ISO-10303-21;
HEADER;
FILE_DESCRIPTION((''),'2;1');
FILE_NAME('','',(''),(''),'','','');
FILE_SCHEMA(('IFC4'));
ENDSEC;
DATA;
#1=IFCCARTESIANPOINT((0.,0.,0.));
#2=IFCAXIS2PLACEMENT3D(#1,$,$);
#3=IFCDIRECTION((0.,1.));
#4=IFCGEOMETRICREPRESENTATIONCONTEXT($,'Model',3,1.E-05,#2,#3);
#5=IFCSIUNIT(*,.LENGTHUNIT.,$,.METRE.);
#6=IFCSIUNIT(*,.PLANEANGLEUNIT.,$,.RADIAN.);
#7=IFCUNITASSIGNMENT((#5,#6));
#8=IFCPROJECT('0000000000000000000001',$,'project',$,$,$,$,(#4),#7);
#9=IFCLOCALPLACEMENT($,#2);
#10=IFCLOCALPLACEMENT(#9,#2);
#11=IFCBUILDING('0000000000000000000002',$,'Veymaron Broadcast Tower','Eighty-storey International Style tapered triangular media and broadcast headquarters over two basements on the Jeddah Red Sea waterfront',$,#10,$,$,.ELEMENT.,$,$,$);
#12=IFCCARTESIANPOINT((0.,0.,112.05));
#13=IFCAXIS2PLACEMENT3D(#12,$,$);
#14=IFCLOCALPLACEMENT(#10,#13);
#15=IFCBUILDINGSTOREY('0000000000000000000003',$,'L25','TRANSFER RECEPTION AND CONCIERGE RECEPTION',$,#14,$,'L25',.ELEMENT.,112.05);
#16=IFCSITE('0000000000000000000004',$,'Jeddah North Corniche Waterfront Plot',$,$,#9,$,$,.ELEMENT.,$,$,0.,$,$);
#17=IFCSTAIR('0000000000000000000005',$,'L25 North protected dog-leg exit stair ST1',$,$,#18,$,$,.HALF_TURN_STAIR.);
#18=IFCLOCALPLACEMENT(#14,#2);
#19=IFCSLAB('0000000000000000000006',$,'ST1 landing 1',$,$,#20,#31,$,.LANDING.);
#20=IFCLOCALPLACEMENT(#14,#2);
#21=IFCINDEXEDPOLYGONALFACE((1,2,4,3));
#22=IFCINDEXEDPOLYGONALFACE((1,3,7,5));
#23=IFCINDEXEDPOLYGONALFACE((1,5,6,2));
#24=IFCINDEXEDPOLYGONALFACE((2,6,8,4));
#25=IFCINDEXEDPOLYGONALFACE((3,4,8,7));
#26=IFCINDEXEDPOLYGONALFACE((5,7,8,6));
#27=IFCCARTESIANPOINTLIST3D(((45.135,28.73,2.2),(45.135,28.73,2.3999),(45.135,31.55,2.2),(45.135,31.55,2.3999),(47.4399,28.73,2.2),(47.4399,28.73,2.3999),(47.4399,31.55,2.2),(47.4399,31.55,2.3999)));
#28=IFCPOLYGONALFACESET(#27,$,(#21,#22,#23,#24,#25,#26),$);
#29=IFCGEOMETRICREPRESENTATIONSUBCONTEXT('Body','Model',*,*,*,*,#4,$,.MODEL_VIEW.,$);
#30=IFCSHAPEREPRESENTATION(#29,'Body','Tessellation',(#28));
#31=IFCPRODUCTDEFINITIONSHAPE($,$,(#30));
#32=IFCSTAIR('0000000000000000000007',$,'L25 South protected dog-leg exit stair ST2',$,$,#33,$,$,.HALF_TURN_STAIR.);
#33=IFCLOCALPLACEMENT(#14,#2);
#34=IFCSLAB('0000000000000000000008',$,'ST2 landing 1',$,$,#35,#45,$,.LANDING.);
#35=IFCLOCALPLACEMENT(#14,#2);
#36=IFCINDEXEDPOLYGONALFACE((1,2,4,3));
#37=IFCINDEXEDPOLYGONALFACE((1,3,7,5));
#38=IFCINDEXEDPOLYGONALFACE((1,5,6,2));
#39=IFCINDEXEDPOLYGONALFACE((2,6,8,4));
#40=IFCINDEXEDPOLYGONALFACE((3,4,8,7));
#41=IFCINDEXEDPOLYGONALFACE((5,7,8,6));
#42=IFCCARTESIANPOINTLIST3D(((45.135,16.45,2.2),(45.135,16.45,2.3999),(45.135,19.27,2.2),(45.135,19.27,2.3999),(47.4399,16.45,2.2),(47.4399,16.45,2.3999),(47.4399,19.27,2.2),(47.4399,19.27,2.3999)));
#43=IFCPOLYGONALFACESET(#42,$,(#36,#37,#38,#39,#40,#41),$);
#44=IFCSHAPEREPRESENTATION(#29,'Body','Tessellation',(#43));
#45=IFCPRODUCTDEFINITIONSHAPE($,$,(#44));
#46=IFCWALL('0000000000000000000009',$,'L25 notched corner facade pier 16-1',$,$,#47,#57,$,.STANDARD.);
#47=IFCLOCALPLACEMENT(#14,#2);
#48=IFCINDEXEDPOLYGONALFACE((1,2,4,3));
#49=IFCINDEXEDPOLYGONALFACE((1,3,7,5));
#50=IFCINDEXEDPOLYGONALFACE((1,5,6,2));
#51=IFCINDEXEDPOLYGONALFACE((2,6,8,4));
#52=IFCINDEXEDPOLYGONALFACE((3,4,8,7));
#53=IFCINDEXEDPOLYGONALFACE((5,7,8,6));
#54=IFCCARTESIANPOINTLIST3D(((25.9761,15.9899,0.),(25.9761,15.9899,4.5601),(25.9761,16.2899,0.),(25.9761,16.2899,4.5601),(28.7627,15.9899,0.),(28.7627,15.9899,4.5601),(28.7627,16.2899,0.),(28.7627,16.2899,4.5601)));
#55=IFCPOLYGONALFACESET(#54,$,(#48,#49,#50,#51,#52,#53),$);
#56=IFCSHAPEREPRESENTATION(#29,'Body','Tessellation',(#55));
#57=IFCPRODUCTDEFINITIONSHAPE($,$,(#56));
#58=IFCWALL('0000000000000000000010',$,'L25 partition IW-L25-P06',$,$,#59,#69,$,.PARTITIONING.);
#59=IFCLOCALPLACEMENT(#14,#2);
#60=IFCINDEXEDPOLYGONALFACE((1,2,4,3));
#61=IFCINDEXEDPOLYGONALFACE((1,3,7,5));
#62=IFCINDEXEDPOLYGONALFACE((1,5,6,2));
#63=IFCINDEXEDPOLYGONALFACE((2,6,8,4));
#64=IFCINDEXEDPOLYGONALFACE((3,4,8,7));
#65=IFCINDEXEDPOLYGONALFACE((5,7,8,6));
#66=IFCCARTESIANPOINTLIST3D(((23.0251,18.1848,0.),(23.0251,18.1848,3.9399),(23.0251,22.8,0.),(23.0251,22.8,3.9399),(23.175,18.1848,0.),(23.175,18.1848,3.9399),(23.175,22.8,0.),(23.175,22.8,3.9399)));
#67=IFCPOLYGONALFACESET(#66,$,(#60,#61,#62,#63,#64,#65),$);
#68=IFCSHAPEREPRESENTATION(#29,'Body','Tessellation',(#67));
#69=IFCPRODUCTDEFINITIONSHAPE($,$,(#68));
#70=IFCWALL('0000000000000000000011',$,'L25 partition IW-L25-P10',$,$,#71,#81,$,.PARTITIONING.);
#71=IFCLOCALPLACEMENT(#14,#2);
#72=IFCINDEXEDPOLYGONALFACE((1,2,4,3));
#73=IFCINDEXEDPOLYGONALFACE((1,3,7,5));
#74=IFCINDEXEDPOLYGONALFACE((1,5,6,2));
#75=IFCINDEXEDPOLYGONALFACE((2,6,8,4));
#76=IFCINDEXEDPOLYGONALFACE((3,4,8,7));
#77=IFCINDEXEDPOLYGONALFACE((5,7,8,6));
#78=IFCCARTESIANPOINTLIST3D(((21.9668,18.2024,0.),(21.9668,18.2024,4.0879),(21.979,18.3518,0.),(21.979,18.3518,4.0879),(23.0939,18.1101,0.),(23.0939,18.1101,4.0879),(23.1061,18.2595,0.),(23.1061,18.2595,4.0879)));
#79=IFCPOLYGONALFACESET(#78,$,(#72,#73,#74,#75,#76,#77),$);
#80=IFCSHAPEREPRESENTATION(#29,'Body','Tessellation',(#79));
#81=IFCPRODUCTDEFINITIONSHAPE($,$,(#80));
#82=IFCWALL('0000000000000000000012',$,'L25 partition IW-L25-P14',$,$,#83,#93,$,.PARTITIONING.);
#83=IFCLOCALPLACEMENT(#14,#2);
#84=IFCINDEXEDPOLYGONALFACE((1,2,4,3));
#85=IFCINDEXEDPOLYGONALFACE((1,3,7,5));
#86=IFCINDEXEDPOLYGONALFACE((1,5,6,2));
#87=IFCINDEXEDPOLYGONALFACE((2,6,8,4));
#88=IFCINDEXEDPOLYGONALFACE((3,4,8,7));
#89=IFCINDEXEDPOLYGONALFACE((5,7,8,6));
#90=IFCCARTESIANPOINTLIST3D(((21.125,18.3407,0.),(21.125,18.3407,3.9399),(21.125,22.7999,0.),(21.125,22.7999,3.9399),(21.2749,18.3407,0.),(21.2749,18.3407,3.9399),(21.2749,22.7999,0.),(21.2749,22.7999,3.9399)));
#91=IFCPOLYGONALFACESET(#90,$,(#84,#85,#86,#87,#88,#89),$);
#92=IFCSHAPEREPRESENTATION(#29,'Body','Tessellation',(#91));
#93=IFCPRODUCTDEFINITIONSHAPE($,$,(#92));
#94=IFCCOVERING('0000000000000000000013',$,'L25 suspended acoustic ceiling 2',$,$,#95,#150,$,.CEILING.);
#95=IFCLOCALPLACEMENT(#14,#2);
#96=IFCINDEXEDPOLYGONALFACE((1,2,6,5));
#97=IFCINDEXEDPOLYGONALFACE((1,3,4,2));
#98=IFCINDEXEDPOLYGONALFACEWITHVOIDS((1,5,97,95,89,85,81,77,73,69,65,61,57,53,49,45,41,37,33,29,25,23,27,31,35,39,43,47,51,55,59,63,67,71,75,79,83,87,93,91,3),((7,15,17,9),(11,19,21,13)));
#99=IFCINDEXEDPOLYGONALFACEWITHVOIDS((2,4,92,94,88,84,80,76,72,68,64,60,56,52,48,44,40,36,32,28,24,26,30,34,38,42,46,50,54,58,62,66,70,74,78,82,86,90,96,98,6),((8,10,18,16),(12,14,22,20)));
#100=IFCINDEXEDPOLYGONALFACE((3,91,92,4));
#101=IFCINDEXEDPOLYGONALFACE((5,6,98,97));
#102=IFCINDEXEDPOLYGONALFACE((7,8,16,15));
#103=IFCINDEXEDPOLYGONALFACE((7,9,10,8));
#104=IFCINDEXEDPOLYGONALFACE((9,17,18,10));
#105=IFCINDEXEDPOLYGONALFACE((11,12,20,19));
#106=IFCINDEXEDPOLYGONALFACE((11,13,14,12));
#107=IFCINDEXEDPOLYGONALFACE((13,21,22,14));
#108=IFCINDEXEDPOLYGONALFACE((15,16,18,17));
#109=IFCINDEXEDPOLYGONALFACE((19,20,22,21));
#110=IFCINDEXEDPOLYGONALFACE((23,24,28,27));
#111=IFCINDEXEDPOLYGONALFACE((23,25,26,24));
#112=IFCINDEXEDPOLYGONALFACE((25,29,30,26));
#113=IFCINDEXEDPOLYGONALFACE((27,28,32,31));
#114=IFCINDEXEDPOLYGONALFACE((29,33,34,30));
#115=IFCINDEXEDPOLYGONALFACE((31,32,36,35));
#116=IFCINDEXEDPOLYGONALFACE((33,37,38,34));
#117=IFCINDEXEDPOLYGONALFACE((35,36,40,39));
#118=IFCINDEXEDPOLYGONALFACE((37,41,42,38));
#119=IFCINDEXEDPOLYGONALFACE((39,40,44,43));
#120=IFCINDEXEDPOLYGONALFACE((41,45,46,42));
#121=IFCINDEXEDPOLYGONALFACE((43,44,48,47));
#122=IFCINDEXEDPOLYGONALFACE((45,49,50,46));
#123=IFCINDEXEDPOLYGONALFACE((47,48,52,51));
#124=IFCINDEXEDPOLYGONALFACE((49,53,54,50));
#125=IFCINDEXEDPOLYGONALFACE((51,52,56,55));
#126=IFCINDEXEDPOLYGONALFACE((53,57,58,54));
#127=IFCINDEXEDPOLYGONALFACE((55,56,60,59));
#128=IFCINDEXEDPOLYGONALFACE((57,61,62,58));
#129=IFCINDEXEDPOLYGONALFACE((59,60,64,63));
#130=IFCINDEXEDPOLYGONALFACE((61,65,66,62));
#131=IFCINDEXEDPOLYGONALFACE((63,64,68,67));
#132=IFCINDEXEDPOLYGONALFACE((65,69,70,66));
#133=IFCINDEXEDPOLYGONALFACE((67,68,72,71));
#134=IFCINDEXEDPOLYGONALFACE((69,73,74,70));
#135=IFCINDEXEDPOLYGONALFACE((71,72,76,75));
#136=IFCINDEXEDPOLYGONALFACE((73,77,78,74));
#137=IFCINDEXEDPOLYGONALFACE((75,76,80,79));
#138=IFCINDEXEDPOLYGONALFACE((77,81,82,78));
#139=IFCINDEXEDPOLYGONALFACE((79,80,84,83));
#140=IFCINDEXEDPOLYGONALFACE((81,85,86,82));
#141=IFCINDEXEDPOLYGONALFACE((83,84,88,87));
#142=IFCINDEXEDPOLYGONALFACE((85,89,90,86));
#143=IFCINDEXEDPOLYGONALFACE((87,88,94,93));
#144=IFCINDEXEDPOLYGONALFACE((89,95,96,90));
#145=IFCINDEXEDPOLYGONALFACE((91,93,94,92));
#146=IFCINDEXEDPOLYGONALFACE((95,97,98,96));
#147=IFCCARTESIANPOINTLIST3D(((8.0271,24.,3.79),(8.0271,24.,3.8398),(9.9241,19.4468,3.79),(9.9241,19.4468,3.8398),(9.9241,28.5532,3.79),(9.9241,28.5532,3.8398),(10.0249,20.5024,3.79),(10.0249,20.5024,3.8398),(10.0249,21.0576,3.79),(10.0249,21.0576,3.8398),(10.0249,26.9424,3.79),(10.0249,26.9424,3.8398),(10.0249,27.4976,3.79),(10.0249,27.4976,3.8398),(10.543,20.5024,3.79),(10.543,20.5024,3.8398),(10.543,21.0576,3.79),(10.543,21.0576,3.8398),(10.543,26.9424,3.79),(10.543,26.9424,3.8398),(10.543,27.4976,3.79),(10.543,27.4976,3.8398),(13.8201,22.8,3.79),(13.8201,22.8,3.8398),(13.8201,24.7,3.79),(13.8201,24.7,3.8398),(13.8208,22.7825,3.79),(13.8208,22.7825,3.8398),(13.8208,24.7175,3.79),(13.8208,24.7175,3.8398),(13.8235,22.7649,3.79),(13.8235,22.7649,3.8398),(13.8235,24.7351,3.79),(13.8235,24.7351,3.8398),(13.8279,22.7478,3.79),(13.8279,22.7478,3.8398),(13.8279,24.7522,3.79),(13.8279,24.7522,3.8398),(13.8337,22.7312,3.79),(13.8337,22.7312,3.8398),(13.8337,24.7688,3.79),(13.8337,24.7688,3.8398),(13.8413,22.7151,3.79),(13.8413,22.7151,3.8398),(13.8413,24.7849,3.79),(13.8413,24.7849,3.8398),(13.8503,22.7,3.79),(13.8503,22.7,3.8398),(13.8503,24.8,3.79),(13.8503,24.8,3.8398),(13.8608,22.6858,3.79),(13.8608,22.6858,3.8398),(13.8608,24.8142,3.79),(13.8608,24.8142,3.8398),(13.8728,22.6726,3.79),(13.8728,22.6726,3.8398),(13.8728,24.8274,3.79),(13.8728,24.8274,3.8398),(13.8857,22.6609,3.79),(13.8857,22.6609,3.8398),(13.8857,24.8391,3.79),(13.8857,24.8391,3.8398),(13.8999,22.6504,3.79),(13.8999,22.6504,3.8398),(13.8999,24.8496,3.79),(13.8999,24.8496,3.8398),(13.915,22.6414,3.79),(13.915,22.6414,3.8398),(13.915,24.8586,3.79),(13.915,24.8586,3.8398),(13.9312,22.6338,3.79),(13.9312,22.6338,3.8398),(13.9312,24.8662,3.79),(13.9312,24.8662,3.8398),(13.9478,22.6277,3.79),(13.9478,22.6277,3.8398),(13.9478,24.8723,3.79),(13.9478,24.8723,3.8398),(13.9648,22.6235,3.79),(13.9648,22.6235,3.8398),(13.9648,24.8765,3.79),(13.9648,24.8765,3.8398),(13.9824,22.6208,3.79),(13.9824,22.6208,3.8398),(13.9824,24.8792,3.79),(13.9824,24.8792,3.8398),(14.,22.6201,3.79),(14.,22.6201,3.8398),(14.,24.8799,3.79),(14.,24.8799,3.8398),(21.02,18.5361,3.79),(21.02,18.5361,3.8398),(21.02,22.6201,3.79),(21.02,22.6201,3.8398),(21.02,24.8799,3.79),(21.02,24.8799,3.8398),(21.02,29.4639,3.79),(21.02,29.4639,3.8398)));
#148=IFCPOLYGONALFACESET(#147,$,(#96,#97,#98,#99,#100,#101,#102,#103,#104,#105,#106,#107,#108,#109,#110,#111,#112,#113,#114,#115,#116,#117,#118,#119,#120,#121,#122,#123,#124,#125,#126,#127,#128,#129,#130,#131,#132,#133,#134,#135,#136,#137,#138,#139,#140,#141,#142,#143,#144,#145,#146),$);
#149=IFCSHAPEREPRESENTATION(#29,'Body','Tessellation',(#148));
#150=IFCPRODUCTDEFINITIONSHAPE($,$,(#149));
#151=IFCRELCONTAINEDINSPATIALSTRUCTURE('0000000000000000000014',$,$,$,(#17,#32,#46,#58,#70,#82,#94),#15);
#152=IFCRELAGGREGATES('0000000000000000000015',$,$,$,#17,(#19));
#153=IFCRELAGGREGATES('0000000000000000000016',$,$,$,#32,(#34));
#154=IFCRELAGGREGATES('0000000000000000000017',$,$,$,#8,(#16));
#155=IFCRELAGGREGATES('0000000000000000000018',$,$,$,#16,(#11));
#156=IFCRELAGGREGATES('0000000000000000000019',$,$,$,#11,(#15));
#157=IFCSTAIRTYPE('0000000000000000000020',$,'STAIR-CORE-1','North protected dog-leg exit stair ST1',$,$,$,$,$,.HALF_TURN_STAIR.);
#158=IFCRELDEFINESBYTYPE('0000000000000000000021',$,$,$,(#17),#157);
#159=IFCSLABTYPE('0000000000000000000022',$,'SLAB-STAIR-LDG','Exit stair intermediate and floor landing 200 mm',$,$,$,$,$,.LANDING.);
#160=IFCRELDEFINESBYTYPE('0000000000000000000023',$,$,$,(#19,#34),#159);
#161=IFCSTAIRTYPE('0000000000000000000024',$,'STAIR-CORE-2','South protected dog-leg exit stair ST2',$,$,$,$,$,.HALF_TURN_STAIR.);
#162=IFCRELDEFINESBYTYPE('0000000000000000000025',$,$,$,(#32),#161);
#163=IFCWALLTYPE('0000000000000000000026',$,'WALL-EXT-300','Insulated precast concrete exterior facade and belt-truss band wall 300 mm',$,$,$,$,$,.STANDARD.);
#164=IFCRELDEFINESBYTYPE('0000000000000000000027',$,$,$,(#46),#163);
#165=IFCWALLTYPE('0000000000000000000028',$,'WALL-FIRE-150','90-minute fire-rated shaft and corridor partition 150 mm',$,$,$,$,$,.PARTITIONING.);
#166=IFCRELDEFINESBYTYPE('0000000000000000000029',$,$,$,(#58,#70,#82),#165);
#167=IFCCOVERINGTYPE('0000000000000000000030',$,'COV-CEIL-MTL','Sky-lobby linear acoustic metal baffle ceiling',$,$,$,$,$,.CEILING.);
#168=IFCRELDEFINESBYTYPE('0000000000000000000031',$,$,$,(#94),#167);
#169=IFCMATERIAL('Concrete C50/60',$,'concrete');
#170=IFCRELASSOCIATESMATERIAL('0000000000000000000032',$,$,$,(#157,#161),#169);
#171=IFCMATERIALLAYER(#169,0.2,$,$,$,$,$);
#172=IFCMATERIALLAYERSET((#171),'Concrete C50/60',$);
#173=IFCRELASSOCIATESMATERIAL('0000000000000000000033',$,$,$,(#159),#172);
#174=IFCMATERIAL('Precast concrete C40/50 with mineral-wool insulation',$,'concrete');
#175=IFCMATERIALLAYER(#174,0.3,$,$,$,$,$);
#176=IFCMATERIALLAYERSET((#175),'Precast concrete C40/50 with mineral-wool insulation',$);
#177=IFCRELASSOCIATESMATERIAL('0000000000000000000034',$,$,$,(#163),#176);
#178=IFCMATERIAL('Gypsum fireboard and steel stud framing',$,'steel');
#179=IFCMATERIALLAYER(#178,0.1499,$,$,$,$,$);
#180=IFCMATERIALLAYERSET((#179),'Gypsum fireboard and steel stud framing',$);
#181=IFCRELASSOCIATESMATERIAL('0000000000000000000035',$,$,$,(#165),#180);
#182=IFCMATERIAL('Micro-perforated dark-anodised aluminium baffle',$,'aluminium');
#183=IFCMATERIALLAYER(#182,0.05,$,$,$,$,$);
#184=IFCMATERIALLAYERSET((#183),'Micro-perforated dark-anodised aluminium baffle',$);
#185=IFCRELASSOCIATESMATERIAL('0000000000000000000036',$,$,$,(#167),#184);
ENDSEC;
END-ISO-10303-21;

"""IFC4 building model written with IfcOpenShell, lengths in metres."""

from ifc_helpers import new_model, si_unit, direction, frame, frame_2d, origin, place, context, subcontext, project, spatial, polyline, rectangle, outline, extrude, material, layer, layer_set, type_object, element, aggregate, save


model = new_model("IFC4")

# Units and contexts
model_context = context("Model", 3, precision=1e-05, world=origin(), true_north=direction((0.0, 1.0)))
body_context = subcontext(model_context, "Body", "Model", "MODEL_VIEW")
ifc_project = project(units=[si_unit("LENGTHUNIT", "METRE"), si_unit("PLANEANGLEUNIT", "RADIAN")], contexts=[model_context])

# Site, building, storey
site_placement = place(None, origin())
site = spatial("IfcSite", under=ifc_project, at=site_placement, Name="Jeddah North Corniche Waterfront Plot", CompositionType="ELEMENT", RefElevation=0.0)
building_placement = place(site_placement, origin())
building = spatial("IfcBuilding", under=site, at=building_placement, Name="Veymaron Broadcast Tower", Description="Eighty-storey International Style tapered triangular media and broadcast headquarters over two basements on the Jeddah Red Sea waterfront", CompositionType="ELEMENT")
storey_placement = place(building_placement, frame((0.0, 0.0, 112.05)))
storey = spatial("IfcBuildingStorey", under=building, at=storey_placement, Name="L25", Description="TRANSFER RECEPTION AND CONCIERGE RECEPTION", LongName="L25", CompositionType="ELEMENT", Elevation=112.05)

# Stairs, slabs
ifc_material_1 = material(Name="Concrete C50/60", Category="concrete")
stair_type_1 = type_object("IfcStairType", Name="STAIR-CORE-1", Description="North protected dog-leg exit stair ST1", PredefinedType="HALF_TURN_STAIR", material=ifc_material_1)
stair_1_placement = place(storey_placement, origin())
stair_1 = element("IfcStair", 1, at=stair_1_placement, inside=storey, type_object=stair_type_1, Name="L25 North protected dog-leg exit stair ST1", PredefinedType="HALF_TURN_STAIR")
ifc_layer_1 = layer(ifc_material_1, 0.2)
ifc_layer_set_1 = layer_set([ifc_layer_1], Name="Concrete C50/60")
slab_type_1 = type_object("IfcSlabType", Name="SLAB-STAIR-LDG", Description="Exit stair intermediate and floor landing 200 mm", PredefinedType="LANDING", material=ifc_layer_set_1)
slab_1_placement = place(storey_placement, frame((0.0, 0.0, 2.2)))
slab_1 = element("IfcSlab", 2, at=slab_1_placement, type_object=slab_type_1, Name="ST1 landing 1", PredefinedType="LANDING", context=body_context, shape_type="SweptSolid", body=[
    extrude(outline(polyline([(45.135, 28.73), (47.4399, 28.73), (47.4399, 31.55), (45.135, 31.55), (45.135, 28.73)])), origin(), (0.0, 0.0, 1.0), 0.2),
])
aggregate(stair_1, [slab_1])
stair_type_2 = type_object("IfcStairType", Name="STAIR-CORE-2", Description="South protected dog-leg exit stair ST2", PredefinedType="HALF_TURN_STAIR", material=ifc_material_1)
stair_2_placement = place(storey_placement, origin())
stair_2 = element("IfcStair", 3, at=stair_2_placement, inside=storey, type_object=stair_type_2, Name="L25 South protected dog-leg exit stair ST2", PredefinedType="HALF_TURN_STAIR")
slab_2_placement = place(storey_placement, frame((0.0, 0.0, 2.2)))
slab_2 = element("IfcSlab", 4, at=slab_2_placement, type_object=slab_type_1, Name="ST2 landing 1", PredefinedType="LANDING", context=body_context, shape_type="SweptSolid", body=[
    extrude(outline(polyline([(45.135, 16.45), (47.4399, 16.45), (47.4399, 19.27), (45.135, 19.27), (45.135, 16.45)])), origin(), (0.0, 0.0, 1.0), 0.2),
])
aggregate(stair_2, [slab_2])

# Walls
ifc_material_2 = material(Name="Precast concrete C40/50 with mineral-wool insulation", Category="concrete")
ifc_layer_2 = layer(ifc_material_2, 0.3)
ifc_layer_set_2 = layer_set([ifc_layer_2], Name="Precast concrete C40/50 with mineral-wool insulation")
wall_type_1 = type_object("IfcWallType", Name="WALL-EXT-300", Description="Insulated precast concrete exterior facade and belt-truss band wall 300 mm", PredefinedType="STANDARD", material=ifc_layer_set_2)
wall_1_placement = place(storey_placement, frame((25.9761, 16.1399, 0.0), z_axis=(0.0, 0.0, 1.0), x_axis=(1.0, 0.0, 0.0)))
element("IfcWall", 5, at=wall_1_placement, inside=storey, type_object=wall_type_1, Name="L25 notched corner facade pier 16-1", PredefinedType="STANDARD", context=body_context, shape_type="SweptSolid", body=[
    extrude(rectangle(XDim=2.7866, YDim=0.3, at=frame_2d((1.3933, 0.0))), origin(), (0.0, 0.0, 1.0), 4.5601),
])
ifc_material_3 = material(Name="Gypsum fireboard and steel stud framing", Category="steel")
ifc_layer_3 = layer(ifc_material_3, 0.1499)
ifc_layer_set_3 = layer_set([ifc_layer_3], Name="Gypsum fireboard and steel stud framing")
wall_type_2 = type_object("IfcWallType", Name="WALL-FIRE-150", Description="90-minute fire-rated shaft and corridor partition 150 mm", PredefinedType="PARTITIONING", material=ifc_layer_set_3)
wall_2_placement = place(storey_placement, frame((23.1001, 18.1848, 0.0), z_axis=(0.0, 0.0, 1.0), x_axis=(0.0, 1.0, 0.0)))
element("IfcWall", 6, at=wall_2_placement, inside=storey, type_object=wall_type_2, Name="L25 partition IW-L25-P06", PredefinedType="PARTITIONING", context=body_context, shape_type="SweptSolid", body=[
    extrude(rectangle(XDim=4.6152, YDim=0.1499, at=frame_2d((2.3076, 0.0))), origin(), (0.0, 0.0, 1.0), 3.9399),
])
wall_3_placement = place(storey_placement, frame((21.9729, 18.2771, 0.0), z_axis=(0.0, 0.0, 1.0), x_axis=(0.996665, -0.081598, 0.0)))
element("IfcWall", 7, at=wall_3_placement, inside=storey, type_object=wall_type_2, Name="L25 partition IW-L25-P10", PredefinedType="PARTITIONING", context=body_context, shape_type="SweptSolid", body=[
    extrude(rectangle(XDim=1.1309, YDim=0.1499, at=frame_2d((0.5654, 0.0))), origin(), (0.0, 0.0, 1.0), 4.0879),
])
wall_4_placement = place(storey_placement, frame((21.2, 18.3408, 0.0), z_axis=(0.0, 0.0, 1.0), x_axis=(0.0, 1.0, 0.0)))
element("IfcWall", 8, at=wall_4_placement, inside=storey, type_object=wall_type_2, Name="L25 partition IW-L25-P14", PredefinedType="PARTITIONING", context=body_context, shape_type="SweptSolid", body=[
    extrude(rectangle(XDim=4.4592, YDim=0.1499, at=frame_2d((2.2295, 0.0))), origin(), (0.0, 0.0, 1.0), 3.9399),
])

# Covering
ifc_material_4 = material(Name="Micro-perforated dark-anodised aluminium baffle", Category="aluminium")
ifc_layer_4 = layer(ifc_material_4, 0.05)
ifc_layer_set_4 = layer_set([ifc_layer_4], Name="Micro-perforated dark-anodised aluminium baffle")
covering_type_1 = type_object("IfcCoveringType", Name="COV-CEIL-MTL", Description="Sky-lobby linear acoustic metal baffle ceiling", PredefinedType="CEILING", material=ifc_layer_set_4)
covering_1_placement = place(storey_placement, frame((0.0, 0.0, 3.79)))
element("IfcCovering", 9, at=covering_1_placement, inside=storey, type_object=covering_type_1, Name="L25 suspended acoustic ceiling 2", PredefinedType="CEILING", context=body_context, shape_type="SweptSolid", body=[
    extrude(outline(polyline([(13.8503, 24.8), (13.8413, 24.7849), (13.8337, 24.7688), (13.8279, 24.7522), (13.8235, 24.7351), (13.8208, 24.7175), (13.8201, 24.7), (13.8201, 22.8), (13.8208, 22.7825), (13.8235, 22.7649), (13.8279, 22.7478), (13.8337, 22.7312), (13.8413, 22.7151), (13.8503, 22.7), (13.8608, 22.6858), (13.8728, 22.6726), (13.8857, 22.6609), (13.8999, 22.6504), (13.915, 22.6414), (13.9312, 22.6338), (13.9478, 22.6277), (13.9648, 22.6235), (13.9824, 22.6208), (14.0, 22.6201), (21.02, 22.6201), (21.02, 18.5361), (9.9241, 19.4468), (8.0271, 24.0), (9.9241, 28.5532), (21.02, 29.4639), (21.02, 24.8799), (14.0, 24.8799), (13.9824, 24.8792), (13.9648, 24.8765), (13.9478, 24.8723), (13.9312, 24.8662), (13.915, 24.8586), (13.8999, 24.8496), (13.8857, 24.8391), (13.8728, 24.8274), (13.8608, 24.8142), (13.8503, 24.8)]), holes=[polyline([(10.0249, 21.0576), (10.0249, 20.5024), (10.543, 20.5024), (10.543, 21.0576), (10.0249, 21.0576)]), polyline([(10.543, 27.4976), (10.0249, 27.4976), (10.0249, 26.9424), (10.543, 26.9424), (10.543, 27.4976)])]), origin(), (0.0, 0.0, 1.0), 0.0498),
])

save(model, "model.ifc")
